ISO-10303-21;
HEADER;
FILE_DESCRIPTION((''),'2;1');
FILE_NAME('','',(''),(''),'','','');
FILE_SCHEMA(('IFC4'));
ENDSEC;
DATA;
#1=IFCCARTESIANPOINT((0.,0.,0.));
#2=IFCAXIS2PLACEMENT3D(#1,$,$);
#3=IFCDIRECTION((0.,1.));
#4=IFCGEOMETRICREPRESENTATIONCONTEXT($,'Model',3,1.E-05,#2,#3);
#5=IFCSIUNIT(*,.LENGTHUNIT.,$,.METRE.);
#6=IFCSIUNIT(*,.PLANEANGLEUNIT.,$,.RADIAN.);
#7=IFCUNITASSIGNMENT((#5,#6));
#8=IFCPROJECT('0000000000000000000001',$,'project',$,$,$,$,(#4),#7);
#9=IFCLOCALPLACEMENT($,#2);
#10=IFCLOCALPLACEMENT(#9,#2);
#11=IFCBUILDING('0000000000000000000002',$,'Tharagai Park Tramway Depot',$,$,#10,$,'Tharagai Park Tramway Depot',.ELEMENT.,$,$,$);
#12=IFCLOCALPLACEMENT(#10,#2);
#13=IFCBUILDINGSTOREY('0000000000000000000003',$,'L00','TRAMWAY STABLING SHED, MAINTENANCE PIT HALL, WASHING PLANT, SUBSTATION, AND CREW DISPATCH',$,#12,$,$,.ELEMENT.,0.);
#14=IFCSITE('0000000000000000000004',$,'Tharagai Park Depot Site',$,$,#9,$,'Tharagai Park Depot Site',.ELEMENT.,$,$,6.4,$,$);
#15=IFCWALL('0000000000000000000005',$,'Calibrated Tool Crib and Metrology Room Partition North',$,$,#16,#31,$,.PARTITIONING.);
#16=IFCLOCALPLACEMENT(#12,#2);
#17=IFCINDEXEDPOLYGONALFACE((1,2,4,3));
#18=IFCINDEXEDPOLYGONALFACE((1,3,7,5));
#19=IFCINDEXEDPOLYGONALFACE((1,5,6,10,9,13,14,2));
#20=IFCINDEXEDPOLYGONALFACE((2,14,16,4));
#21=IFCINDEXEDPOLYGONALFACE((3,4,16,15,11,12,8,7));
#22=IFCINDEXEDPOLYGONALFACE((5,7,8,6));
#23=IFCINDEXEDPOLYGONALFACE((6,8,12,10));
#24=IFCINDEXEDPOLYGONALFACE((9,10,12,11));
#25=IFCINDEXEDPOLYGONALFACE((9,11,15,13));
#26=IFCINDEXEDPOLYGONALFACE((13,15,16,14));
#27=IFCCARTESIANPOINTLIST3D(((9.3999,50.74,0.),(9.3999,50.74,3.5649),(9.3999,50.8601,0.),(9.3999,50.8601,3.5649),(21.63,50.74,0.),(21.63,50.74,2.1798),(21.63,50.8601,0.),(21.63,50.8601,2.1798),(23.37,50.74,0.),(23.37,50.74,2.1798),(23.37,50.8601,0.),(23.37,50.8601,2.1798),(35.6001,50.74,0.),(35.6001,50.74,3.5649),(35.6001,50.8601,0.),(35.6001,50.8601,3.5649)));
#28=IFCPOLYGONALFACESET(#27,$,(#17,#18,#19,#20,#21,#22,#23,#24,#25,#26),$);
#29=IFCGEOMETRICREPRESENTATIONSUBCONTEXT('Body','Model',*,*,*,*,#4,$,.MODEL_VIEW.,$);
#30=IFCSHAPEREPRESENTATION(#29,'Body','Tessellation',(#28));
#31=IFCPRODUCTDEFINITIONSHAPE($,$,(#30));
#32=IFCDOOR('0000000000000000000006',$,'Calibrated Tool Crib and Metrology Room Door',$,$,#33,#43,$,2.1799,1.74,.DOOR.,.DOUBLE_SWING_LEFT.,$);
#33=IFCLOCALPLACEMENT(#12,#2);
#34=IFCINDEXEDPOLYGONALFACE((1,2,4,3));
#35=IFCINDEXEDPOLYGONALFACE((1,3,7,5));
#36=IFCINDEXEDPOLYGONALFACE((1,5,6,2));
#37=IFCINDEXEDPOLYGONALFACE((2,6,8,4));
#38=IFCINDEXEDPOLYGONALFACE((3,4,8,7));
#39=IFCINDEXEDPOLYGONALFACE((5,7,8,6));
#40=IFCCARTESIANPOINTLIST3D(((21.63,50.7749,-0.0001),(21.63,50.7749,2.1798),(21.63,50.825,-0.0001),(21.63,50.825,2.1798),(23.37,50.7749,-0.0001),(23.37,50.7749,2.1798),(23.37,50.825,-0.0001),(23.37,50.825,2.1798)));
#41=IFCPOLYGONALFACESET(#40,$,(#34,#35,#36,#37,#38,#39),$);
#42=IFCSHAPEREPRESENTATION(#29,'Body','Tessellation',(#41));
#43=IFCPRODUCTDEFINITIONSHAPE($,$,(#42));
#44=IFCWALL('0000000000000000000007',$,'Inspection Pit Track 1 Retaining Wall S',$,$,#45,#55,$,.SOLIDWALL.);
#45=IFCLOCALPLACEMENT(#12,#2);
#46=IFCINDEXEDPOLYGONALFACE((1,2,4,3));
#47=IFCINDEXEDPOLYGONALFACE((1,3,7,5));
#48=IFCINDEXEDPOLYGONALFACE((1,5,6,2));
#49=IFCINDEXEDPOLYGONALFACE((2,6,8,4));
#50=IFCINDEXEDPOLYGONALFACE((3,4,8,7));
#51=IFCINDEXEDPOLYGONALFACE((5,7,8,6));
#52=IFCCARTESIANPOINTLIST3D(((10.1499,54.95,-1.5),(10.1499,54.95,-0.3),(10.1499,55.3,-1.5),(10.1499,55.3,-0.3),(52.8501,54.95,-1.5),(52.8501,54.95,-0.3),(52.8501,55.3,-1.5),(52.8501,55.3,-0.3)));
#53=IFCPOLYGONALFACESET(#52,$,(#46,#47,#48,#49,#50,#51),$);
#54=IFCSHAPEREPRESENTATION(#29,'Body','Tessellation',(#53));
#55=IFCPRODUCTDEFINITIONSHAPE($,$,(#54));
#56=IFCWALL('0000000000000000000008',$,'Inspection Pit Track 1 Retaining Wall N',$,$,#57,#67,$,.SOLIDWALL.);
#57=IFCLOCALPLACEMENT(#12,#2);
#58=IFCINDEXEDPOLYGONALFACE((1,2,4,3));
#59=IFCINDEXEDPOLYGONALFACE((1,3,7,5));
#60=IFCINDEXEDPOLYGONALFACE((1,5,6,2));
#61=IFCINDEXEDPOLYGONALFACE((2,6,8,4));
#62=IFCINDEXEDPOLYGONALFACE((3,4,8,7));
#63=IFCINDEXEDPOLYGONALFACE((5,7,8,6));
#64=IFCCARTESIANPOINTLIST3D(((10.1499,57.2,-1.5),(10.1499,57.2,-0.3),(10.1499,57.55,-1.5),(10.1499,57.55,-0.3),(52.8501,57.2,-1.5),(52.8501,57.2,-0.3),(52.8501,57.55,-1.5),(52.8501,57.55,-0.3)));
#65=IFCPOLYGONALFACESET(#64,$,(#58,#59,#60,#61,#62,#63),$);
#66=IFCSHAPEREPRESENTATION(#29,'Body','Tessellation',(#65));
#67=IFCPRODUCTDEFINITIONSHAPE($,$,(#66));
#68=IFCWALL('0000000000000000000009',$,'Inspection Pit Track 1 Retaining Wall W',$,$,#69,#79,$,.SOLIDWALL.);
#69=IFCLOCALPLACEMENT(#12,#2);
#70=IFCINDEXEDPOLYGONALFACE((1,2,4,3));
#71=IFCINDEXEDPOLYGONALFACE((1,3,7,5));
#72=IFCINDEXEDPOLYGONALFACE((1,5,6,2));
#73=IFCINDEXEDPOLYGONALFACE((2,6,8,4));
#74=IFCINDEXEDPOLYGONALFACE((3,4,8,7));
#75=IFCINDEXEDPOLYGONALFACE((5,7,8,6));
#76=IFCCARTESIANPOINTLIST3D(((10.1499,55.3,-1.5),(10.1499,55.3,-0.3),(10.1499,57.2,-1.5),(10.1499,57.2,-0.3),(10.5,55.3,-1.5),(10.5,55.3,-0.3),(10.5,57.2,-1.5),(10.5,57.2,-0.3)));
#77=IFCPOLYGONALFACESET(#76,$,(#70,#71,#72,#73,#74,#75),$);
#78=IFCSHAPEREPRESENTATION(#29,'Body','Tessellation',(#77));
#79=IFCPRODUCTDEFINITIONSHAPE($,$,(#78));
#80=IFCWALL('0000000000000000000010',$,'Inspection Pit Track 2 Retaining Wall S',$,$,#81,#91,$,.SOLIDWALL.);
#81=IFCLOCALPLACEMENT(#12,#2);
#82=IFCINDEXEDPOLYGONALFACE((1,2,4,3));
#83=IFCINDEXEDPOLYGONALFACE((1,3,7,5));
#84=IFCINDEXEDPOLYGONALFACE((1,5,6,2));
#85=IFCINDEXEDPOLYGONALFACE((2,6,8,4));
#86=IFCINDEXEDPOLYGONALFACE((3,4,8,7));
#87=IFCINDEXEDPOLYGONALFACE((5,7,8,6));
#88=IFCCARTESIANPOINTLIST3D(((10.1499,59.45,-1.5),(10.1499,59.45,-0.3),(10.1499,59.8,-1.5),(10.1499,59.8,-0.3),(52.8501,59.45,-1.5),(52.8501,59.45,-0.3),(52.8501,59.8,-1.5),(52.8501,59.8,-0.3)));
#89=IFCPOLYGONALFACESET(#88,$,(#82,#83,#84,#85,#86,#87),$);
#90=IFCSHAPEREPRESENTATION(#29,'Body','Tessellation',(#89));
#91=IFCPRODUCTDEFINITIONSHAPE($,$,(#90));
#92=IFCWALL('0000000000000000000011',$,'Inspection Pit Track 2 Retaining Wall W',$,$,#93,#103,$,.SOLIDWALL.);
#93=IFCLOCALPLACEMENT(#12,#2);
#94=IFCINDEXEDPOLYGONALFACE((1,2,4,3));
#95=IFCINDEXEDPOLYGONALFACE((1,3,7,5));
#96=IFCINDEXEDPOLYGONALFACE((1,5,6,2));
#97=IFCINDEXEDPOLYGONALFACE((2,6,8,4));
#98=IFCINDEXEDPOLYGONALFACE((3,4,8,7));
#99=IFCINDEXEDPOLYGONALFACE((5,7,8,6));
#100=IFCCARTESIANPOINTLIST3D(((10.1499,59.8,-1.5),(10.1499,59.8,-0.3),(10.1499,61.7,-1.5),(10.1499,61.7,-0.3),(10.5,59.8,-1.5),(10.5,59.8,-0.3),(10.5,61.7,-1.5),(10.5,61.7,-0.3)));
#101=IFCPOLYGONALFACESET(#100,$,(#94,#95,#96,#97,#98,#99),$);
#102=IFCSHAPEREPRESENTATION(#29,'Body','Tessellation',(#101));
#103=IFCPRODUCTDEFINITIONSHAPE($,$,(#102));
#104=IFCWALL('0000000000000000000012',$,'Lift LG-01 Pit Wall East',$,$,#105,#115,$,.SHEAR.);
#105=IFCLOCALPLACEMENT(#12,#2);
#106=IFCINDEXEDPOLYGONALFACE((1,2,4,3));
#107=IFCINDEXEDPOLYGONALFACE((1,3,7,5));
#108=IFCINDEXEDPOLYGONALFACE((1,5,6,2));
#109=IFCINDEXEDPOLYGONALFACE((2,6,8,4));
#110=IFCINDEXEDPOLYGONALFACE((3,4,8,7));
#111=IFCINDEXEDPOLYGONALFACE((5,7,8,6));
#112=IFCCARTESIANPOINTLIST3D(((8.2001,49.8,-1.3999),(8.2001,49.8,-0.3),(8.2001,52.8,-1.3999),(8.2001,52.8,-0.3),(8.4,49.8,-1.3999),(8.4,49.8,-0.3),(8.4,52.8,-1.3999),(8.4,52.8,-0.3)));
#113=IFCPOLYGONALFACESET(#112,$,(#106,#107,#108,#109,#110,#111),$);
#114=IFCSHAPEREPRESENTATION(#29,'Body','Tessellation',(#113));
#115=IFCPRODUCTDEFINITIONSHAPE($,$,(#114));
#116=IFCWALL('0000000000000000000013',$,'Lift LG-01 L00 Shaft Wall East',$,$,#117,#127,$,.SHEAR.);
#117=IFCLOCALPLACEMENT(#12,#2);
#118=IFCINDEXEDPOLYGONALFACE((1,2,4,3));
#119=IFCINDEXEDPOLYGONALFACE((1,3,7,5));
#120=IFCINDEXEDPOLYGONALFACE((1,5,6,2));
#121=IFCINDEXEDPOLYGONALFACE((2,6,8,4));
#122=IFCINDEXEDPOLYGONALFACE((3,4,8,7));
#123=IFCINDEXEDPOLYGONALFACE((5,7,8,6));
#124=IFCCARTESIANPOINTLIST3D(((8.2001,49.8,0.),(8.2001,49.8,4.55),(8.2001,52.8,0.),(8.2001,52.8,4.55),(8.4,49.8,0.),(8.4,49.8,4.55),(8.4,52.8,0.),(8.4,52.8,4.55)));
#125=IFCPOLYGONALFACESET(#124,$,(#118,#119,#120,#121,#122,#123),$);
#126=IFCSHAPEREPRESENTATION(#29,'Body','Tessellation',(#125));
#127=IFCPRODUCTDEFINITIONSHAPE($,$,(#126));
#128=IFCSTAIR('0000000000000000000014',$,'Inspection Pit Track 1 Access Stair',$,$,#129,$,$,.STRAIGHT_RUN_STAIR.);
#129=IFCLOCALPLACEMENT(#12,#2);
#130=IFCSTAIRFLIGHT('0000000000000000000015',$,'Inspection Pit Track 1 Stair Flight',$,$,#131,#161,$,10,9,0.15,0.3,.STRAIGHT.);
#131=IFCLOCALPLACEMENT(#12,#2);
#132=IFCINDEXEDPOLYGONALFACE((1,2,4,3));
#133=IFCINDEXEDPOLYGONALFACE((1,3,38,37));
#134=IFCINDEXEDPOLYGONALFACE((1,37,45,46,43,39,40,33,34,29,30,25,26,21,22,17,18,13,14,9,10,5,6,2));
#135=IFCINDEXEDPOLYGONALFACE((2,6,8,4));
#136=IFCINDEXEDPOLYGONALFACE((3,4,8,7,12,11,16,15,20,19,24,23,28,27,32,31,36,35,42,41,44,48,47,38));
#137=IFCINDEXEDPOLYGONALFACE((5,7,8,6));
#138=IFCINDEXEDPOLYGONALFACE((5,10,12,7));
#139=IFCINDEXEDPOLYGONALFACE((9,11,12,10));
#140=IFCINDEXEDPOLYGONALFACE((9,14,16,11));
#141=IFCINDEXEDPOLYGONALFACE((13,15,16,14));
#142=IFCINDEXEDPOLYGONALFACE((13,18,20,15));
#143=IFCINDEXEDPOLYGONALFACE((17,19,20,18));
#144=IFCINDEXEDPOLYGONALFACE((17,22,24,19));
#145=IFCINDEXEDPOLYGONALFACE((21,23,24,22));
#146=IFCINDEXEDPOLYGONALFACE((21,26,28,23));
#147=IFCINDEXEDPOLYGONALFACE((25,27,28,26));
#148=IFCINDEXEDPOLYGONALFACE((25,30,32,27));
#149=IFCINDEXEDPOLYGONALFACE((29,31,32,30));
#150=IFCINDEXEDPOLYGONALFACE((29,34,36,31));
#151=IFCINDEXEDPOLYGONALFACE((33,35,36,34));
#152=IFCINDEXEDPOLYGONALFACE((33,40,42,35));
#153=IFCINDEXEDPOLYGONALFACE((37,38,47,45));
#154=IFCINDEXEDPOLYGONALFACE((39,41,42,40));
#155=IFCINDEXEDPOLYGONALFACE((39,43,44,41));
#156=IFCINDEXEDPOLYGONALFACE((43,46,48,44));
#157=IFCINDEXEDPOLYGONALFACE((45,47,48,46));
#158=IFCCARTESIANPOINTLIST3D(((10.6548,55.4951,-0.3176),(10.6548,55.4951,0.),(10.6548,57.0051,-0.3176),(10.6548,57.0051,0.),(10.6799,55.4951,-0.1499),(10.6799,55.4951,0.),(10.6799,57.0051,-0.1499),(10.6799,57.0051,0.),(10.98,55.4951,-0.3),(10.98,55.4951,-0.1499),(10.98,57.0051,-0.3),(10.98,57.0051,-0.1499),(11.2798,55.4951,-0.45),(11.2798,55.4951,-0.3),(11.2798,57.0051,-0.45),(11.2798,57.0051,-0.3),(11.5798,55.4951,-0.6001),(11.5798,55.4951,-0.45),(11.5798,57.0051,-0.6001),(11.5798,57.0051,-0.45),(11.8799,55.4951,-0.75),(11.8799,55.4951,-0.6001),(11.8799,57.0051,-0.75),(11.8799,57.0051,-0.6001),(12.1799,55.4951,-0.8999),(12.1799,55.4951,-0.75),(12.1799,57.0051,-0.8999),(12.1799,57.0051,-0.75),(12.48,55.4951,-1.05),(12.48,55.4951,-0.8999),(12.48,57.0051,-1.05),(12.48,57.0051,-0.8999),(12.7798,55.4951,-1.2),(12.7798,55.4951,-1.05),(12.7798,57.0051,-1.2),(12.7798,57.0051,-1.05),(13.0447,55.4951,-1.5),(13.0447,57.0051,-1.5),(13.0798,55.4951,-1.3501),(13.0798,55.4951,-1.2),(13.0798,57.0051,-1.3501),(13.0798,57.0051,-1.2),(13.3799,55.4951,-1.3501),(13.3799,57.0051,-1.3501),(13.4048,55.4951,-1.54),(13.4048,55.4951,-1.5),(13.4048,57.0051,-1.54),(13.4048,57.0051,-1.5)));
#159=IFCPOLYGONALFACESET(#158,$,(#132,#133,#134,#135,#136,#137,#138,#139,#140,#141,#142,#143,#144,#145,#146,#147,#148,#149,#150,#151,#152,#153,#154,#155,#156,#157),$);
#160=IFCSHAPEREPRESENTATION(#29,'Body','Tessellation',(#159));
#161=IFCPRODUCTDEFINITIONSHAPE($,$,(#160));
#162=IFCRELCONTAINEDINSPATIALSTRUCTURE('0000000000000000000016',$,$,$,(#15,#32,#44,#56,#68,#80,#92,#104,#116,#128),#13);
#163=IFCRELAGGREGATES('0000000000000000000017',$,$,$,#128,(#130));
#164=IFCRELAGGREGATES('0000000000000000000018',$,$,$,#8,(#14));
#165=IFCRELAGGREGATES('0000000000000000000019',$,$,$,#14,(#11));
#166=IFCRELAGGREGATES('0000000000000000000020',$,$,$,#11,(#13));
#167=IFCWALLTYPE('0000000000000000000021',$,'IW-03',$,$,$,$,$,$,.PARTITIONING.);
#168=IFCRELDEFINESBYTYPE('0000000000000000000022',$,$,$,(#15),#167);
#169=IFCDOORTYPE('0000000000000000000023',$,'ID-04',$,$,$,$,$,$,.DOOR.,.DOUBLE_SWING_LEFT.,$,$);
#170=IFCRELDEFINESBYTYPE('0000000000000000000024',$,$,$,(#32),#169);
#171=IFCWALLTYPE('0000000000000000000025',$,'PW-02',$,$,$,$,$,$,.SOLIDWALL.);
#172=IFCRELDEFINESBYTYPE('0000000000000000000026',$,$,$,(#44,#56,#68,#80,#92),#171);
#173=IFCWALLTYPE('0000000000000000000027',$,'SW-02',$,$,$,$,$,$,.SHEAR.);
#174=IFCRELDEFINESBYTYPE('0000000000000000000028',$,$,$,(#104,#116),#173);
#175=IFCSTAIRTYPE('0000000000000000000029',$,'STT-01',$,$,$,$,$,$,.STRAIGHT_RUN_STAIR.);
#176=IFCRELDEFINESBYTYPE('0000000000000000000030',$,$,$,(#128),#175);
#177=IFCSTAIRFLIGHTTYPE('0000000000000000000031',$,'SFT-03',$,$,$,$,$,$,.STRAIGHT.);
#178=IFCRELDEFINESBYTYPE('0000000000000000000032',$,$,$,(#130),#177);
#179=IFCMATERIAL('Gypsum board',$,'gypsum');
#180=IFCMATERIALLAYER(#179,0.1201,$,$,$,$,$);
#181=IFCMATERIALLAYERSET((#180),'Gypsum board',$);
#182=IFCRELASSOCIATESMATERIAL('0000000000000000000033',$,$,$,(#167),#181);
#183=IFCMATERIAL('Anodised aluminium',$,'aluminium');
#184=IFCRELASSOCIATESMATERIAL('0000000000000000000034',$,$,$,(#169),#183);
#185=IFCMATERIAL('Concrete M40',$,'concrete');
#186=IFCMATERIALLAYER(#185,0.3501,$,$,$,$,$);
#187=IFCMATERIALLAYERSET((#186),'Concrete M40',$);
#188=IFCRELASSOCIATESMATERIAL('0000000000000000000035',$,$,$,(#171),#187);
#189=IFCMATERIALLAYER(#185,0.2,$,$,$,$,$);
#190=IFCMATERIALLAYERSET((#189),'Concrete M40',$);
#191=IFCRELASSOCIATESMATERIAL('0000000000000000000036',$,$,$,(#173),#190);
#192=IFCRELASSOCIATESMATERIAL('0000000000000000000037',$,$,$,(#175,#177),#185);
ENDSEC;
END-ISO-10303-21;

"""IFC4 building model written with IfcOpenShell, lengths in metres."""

from ifc_helpers import new_model, si_unit, direction, frame, frame_2d, origin, place, context, subcontext, project, spatial, polyline, rectangle, outline, extrude, material, layer, layer_set, type_object, element, fill, aggregate, save


model = new_model("IFC4")

# Units and contexts
model_context = context("Model", 3, precision=1e-05, world=origin(), true_north=direction((0.0, 1.0)))
body_context = subcontext(model_context, "Body", "Model", "MODEL_VIEW")
ifc_project = project(units=[si_unit("LENGTHUNIT", "METRE"), si_unit("PLANEANGLEUNIT", "RADIAN")], contexts=[model_context])

# Site, building, storey
site_placement = place(None, origin())
site = spatial("IfcSite", under=ifc_project, at=site_placement, Name="Tharagai Park Depot Site", LongName="Tharagai Park Depot Site", CompositionType="ELEMENT", RefElevation=6.4)
building_placement = place(site_placement, origin())
building = spatial("IfcBuilding", under=site, at=building_placement, Name="Tharagai Park Tramway Depot", LongName="Tharagai Park Tramway Depot", CompositionType="ELEMENT")
storey_placement = place(building_placement, origin())
storey = spatial("IfcBuildingStorey", under=building, at=storey_placement, Name="L00", Description="TRAMWAY STABLING SHED, MAINTENANCE PIT HALL, WASHING PLANT, SUBSTATION, AND CREW DISPATCH", CompositionType="ELEMENT", Elevation=0.0)

# Shared definitions
ifc_material_1 = material(Name="Concrete M40", Category="concrete")

# Wall, opening, door
ifc_material_2 = material(Name="Gypsum board", Category="gypsum")
ifc_layer_1 = layer(ifc_material_2, 0.1201)
ifc_layer_set_1 = layer_set([ifc_layer_1], Name="Gypsum board")
wall_type_1 = type_object("IfcWallType", Name="IW-03", PredefinedType="PARTITIONING", material=ifc_layer_set_1)
wall_1_placement = place(storey_placement, frame((9.3999, 50.8, 0.0), z_axis=(0.0, 0.0, 1.0), x_axis=(1.0, 0.0, 0.0)))
wall_1 = element("IfcWall", 1, at=wall_1_placement, inside=storey, type_object=wall_type_1, Name="Calibrated Tool Crib and Metrology Room Partition North", PredefinedType="PARTITIONING", context=body_context, shape_type="SweptSolid", body=[
    extrude(rectangle(XDim=26.2002, YDim=0.1201, at=frame_2d((13.1001, 0.0))), origin(), (0.0, 0.0, 1.0), 3.5649),
])
opening_placement = place(wall_1_placement, frame((12.23, 0.0, 0.0)))
opening = element("IfcOpeningElement", 2, at=opening_placement, cuts=wall_1, PredefinedType="OPENING", context=body_context, shape_type="SweptSolid", body=[
    extrude(rectangle(XDim=1.74, YDim=2.1799, at=frame_2d((0.8701, 1.0898))), frame((0.0, 0.0701, 0.0), z_axis=(0.0, -1.0, 0.0), x_axis=(1.0, 0.0, 0.0)), (0.0, 0.0, 1.0), 0.1401),
])
ifc_material_3 = material(Name="Anodised aluminium", Category="aluminium")
door_type = type_object("IfcDoorType", Name="ID-04", OperationType="DOUBLE_SWING_LEFT", PredefinedType="DOOR", material=ifc_material_3)
door_placement = place(opening_placement, origin())
door = element("IfcDoor", 3, at=door_placement, inside=storey, type_object=door_type, Name="Calibrated Tool Crib and Metrology Room Door", OperationType="DOUBLE_SWING_LEFT", OverallHeight=2.1799, OverallWidth=1.74, PredefinedType="DOOR", context=body_context, shape_type="SweptSolid", body=[
    extrude(rectangle(XDim=1.74, YDim=2.1799, at=frame_2d((0.8701, 1.0898))), frame((0.0, 0.0249, 0.0), z_axis=(0.0, -1.0, 0.0), x_axis=(1.0, 0.0, 0.0)), (0.0, 0.0, 1.0), 0.05),
])
fill(opening, door)

# Walls
ifc_layer_2 = layer(ifc_material_1, 0.3501)
ifc_layer_set_2 = layer_set([ifc_layer_2], Name="Concrete M40")
wall_type_2 = type_object("IfcWallType", Name="PW-02", PredefinedType="SOLIDWALL", material=ifc_layer_set_2)
for number, where, z_axis, x_axis, name in (
    (4, (10.1499, 55.125, -1.5), (0.0, 0.0, 1.0), (1.0, 0.0, 0.0), "Inspection Pit Track 1 Retaining Wall S"),
    (5, (10.1499, 57.375, -1.5), (0.0, 0.0, 1.0), (1.0, 0.0, 0.0), "Inspection Pit Track 1 Retaining Wall N"),
):
    element("IfcWall", number, at=place(storey_placement, frame(where, z_axis=z_axis, x_axis=x_axis)), inside=storey, type_object=wall_type_2, Name=name, PredefinedType="SOLIDWALL", context=body_context, shape_type="SweptSolid", body=[
        extrude(rectangle(XDim=42.7002, YDim=0.3501, at=frame_2d((21.3501, 0.0))), origin(), (0.0, 0.0, 1.0), 1.2),
    ])
wall_2_placement = place(storey_placement, frame((10.325, 55.3, -1.5), z_axis=(0.0, 0.0, 1.0), x_axis=(0.0, 1.0, 0.0)))
element("IfcWall", 6, at=wall_2_placement, inside=storey, type_object=wall_type_2, Name="Inspection Pit Track 1 Retaining Wall W", PredefinedType="SOLIDWALL", context=body_context, shape_type="SweptSolid", body=[
    extrude(rectangle(XDim=1.8999, YDim=0.3501, at=frame_2d((0.95, 0.0))), origin(), (0.0, 0.0, 1.0), 1.2),
])
wall_3_placement = place(storey_placement, frame((10.1499, 59.625, -1.5), z_axis=(0.0, 0.0, 1.0), x_axis=(1.0, 0.0, 0.0)))
element("IfcWall", 7, at=wall_3_placement, inside=storey, type_object=wall_type_2, Name="Inspection Pit Track 2 Retaining Wall S", PredefinedType="SOLIDWALL", context=body_context, shape_type="SweptSolid", body=[
    extrude(rectangle(XDim=42.7002, YDim=0.3501, at=frame_2d((21.3501, 0.0))), origin(), (0.0, 0.0, 1.0), 1.2),
])
wall_4_placement = place(storey_placement, frame((10.325, 59.8, -1.5), z_axis=(0.0, 0.0, 1.0), x_axis=(0.0, 1.0, 0.0)))
element("IfcWall", 8, at=wall_4_placement, inside=storey, type_object=wall_type_2, Name="Inspection Pit Track 2 Retaining Wall W", PredefinedType="SOLIDWALL", context=body_context, shape_type="SweptSolid", body=[
    extrude(rectangle(XDim=1.8999, YDim=0.3501, at=frame_2d((0.95, 0.0))), origin(), (0.0, 0.0, 1.0), 1.2),
])
ifc_layer_3 = layer(ifc_material_1, 0.2)
ifc_layer_set_3 = layer_set([ifc_layer_3], Name="Concrete M40")
wall_type_3 = type_object("IfcWallType", Name="SW-02", PredefinedType="SHEAR", material=ifc_layer_set_3)
wall_5_placement = place(storey_placement, frame((8.3, 49.8, -1.3999), z_axis=(0.0, 0.0, 1.0), x_axis=(0.0, 1.0, 0.0)))
element("IfcWall", 9, at=wall_5_placement, inside=storey, type_object=wall_type_3, Name="Lift LG-01 Pit Wall East", PredefinedType="SHEAR", context=body_context, shape_type="SweptSolid", body=[
    extrude(rectangle(XDim=3.0, YDim=0.2, at=frame_2d((1.5, 0.0))), origin(), (0.0, 0.0, 1.0), 1.0999),
])
wall_6_placement = place(storey_placement, frame((8.3, 49.8, 0.0), z_axis=(0.0, 0.0, 1.0), x_axis=(0.0, 1.0, 0.0)))
element("IfcWall", 10, at=wall_6_placement, inside=storey, type_object=wall_type_3, Name="Lift LG-01 L00 Shaft Wall East", PredefinedType="SHEAR", context=body_context, shape_type="SweptSolid", body=[
    extrude(rectangle(XDim=3.0, YDim=0.2, at=frame_2d((1.5, 0.0))), origin(), (0.0, 0.0, 1.0), 4.55),
])

# Stair, stair flight
stair_type = type_object("IfcStairType", Name="STT-01", PredefinedType="STRAIGHT_RUN_STAIR", material=ifc_material_1)
stair_placement = place(storey_placement, origin())
stair = element("IfcStair", 11, at=stair_placement, inside=storey, type_object=stair_type, Name="Inspection Pit Track 1 Access Stair", PredefinedType="STRAIGHT_RUN_STAIR")
stair_flight_type = type_object("IfcStairFlightType", Name="SFT-03", PredefinedType="STRAIGHT", material=ifc_material_1)
stair_flight_placement = place(storey_placement, frame((13.3799, 56.25, -1.5), z_axis=(0.0, 0.0, 1.0), x_axis=(-1.0, 0.0, 0.0)))
stair_flight = element("IfcStairFlight", 12, at=stair_flight_placement, type_object=stair_flight_type, Name="Inspection Pit Track 1 Stair Flight", NumberOfRisers=10, NumberOfTreads=9, PredefinedType="STRAIGHT", RiserHeight=0.15, TreadLength=0.3, context=body_context, shape_type="SweptSolid", body=[
    extrude(outline(polyline([(-0.0249, 0.0), (0.0, 0.1499), (0.3, 0.1499), (0.3, 0.3), (0.6001, 0.3), (0.6001, 0.45), (0.8999, 0.45), (0.8999, 0.6001), (1.2, 0.6001), (1.2, 0.75), (1.5, 0.75), (1.5, 0.8999), (1.8, 0.8999), (1.8, 1.05), (2.1001, 1.05), (2.1001, 1.2), (2.3999, 1.2), (2.3999, 1.3501), (2.7, 1.3501), (2.7, 1.5), (2.7251, 1.5), (2.7251, 1.1824), (0.3352, 0.0), (-0.0249, -0.04), (-0.0249, 0.0)])), frame((0.0, 0.7549, 0.0), z_axis=(0.0, -1.0, 0.0), x_axis=(1.0, 0.0, 0.0)), (0.0, 0.0, 1.0), 1.51),
])
aggregate(stair, [stair_flight])

save(model, "model.ifc")
